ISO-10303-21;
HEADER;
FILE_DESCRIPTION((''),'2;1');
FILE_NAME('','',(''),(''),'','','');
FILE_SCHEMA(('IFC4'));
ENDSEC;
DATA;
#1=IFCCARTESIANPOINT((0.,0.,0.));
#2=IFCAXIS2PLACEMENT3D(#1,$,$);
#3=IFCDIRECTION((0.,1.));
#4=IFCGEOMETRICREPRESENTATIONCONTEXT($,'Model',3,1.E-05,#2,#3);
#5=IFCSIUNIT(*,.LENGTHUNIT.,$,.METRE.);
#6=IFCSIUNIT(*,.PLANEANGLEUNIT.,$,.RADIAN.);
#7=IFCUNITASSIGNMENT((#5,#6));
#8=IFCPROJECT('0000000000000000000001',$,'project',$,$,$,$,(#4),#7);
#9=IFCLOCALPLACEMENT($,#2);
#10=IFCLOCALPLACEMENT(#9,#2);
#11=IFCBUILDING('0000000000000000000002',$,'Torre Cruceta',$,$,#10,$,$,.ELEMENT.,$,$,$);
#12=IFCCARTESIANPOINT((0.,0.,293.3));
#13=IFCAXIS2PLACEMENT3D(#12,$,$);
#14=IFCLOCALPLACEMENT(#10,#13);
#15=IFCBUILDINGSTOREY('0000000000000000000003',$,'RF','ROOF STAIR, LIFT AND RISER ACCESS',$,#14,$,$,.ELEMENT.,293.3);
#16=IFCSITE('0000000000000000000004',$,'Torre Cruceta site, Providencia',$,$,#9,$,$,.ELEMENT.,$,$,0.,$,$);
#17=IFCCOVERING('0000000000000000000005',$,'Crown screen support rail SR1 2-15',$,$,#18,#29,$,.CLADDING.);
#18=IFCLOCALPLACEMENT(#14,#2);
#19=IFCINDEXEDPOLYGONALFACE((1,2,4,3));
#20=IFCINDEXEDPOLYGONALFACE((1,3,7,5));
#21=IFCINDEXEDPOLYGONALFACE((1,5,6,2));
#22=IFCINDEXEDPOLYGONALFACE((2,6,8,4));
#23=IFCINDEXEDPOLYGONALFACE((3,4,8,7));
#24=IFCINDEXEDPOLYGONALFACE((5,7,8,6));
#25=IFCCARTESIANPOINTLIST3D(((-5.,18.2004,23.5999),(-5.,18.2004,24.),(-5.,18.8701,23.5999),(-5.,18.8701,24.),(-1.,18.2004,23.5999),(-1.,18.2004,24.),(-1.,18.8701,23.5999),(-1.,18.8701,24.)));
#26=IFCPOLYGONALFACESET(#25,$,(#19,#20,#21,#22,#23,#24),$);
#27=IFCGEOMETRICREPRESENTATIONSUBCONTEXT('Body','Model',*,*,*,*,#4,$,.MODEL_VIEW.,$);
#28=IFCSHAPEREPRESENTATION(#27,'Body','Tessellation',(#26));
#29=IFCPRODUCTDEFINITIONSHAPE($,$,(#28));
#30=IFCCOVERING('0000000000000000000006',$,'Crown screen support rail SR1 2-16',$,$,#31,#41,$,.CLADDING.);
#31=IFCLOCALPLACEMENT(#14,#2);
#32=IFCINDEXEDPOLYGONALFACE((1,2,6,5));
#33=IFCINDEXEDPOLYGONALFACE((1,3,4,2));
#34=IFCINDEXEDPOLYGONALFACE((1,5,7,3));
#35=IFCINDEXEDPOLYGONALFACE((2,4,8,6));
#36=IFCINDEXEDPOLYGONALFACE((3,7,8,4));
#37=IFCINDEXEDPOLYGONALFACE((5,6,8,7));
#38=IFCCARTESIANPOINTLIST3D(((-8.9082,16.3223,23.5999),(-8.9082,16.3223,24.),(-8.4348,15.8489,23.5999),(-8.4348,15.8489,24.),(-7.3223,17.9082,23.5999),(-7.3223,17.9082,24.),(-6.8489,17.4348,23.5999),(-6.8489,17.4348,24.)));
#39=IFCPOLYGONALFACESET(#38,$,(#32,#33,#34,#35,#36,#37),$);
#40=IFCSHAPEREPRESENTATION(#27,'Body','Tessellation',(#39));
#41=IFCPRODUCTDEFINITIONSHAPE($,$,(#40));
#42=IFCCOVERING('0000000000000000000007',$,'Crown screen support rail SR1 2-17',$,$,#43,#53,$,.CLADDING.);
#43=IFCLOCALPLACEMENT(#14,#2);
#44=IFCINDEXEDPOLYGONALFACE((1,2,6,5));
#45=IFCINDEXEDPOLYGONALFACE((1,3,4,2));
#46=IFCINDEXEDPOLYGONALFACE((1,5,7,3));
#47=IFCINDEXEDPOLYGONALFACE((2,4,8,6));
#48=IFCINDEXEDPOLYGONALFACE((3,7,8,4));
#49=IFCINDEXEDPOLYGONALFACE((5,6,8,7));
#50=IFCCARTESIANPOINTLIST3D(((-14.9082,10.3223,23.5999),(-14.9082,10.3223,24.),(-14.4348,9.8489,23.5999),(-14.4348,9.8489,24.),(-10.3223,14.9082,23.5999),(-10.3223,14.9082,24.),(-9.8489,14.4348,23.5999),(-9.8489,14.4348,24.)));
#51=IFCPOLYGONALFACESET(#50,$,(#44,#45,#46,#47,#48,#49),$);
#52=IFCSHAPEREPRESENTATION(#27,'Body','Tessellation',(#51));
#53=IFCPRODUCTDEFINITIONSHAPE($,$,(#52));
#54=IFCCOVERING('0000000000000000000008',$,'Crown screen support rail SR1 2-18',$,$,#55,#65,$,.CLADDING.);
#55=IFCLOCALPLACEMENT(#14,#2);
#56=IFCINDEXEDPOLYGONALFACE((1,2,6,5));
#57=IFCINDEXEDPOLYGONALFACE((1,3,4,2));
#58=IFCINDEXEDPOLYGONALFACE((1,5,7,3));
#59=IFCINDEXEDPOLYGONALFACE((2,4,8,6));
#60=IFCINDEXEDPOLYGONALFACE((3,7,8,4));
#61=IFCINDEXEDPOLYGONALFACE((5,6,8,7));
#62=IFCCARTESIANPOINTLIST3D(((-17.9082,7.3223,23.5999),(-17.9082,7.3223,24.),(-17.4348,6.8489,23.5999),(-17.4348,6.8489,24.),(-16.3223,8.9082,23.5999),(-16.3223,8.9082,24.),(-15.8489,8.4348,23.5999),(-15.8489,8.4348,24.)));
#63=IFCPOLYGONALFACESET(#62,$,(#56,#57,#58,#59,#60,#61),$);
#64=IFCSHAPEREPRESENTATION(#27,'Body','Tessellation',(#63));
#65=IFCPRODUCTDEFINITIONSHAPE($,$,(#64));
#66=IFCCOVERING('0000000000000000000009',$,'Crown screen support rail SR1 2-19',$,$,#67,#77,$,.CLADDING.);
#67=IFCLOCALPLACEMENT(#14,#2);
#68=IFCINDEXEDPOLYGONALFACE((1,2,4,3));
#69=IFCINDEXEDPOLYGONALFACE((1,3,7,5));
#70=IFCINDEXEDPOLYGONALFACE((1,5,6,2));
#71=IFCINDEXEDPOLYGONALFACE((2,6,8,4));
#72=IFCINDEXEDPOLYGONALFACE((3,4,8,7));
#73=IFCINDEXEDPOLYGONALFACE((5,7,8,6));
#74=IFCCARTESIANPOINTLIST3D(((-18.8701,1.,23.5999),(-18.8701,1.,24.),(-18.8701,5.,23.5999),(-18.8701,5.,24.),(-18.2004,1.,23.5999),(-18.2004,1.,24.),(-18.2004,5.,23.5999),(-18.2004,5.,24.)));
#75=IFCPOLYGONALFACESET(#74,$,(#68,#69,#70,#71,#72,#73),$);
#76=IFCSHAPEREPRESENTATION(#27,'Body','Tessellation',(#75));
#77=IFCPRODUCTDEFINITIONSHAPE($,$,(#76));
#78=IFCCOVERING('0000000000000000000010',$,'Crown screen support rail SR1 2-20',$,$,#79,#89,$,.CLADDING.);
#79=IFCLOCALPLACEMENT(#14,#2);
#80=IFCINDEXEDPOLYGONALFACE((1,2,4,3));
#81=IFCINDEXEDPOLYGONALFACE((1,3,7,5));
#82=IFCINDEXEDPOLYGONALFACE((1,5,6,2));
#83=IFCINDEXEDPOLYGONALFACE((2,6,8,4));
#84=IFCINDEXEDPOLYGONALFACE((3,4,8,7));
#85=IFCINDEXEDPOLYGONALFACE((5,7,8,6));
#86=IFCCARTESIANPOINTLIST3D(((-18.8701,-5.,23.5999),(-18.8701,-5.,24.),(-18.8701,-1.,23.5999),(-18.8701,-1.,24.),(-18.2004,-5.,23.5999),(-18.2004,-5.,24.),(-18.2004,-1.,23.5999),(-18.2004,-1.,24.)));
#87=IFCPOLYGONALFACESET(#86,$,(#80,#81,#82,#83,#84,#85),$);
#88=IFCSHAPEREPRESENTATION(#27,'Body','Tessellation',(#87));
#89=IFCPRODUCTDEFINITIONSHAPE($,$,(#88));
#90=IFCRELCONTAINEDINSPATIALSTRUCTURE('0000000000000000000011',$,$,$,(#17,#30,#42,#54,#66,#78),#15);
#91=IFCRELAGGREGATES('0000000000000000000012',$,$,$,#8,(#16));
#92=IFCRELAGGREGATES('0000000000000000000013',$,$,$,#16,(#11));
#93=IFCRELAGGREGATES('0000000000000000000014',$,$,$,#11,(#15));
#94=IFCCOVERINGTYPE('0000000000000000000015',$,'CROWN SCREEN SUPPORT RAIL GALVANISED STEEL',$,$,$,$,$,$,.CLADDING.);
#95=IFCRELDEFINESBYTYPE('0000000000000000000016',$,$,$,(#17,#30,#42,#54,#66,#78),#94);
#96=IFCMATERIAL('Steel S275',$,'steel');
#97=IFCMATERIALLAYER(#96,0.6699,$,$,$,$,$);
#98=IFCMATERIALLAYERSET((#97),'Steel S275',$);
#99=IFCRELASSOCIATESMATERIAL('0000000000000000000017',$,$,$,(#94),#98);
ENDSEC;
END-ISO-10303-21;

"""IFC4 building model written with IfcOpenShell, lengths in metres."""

from ifc_helpers import new_model, si_unit, direction, frame, origin, place, context, subcontext, project, spatial, polyline, outline, extrude, material, layer, layer_set, type_object, element, save


model = new_model("IFC4")

# Units and contexts
model_context = context("Model", 3, precision=1e-05, world=origin(), true_north=direction((0.0, 1.0)))
body_context = subcontext(model_context, "Body", "Model", "MODEL_VIEW")
ifc_project = project(units=[si_unit("LENGTHUNIT", "METRE"), si_unit("PLANEANGLEUNIT", "RADIAN")], contexts=[model_context])

# Site, building, storey
site_placement = place(None, origin())
site = spatial("IfcSite", under=ifc_project, at=site_placement, Name="Torre Cruceta site, Providencia", CompositionType="ELEMENT", RefElevation=0.0)
building_placement = place(site_placement, origin())
building = spatial("IfcBuilding", under=site, at=building_placement, Name="Torre Cruceta", CompositionType="ELEMENT")
storey_placement = place(building_placement, frame((0.0, 0.0, 293.3)))
storey = spatial("IfcBuildingStorey", under=building, at=storey_placement, Name="RF", Description="ROOF STAIR, LIFT AND RISER ACCESS", CompositionType="ELEMENT", Elevation=293.3)

# Coverings
ifc_material_1 = material(Name="Steel S275", Category="steel")
ifc_layer = layer(ifc_material_1, 0.6699)
ifc_layer_set = layer_set([ifc_layer], Name="Steel S275")
covering_type_1 = type_object("IfcCoveringType", Name="CROWN SCREEN SUPPORT RAIL GALVANISED STEEL", PredefinedType="CLADDING", material=ifc_layer_set)
covering_1_placement = place(storey_placement, frame((0.0, 0.0, 23.5999)))
element("IfcCovering", 1, at=covering_1_placement, inside=storey, type_object=covering_type_1, Name="Crown screen support rail SR1 2-15", PredefinedType="CLADDING", context=body_context, shape_type="SweptSolid", body=[
    extrude(outline(polyline([(-1.0, 18.8701), (-5.0, 18.8701), (-5.0, 18.2004), (-1.0, 18.2004), (-1.0, 18.8701)])), origin(), (0.0, 0.0, 1.0), 0.4001),
])
covering_2_placement = place(storey_placement, frame((0.0, 0.0, 23.5999)))
element("IfcCovering", 2, at=covering_2_placement, inside=storey, type_object=covering_type_1, Name="Crown screen support rail SR1 2-16", PredefinedType="CLADDING", context=body_context, shape_type="SweptSolid", body=[
    extrude(outline(polyline([(-7.3223, 17.9082), (-8.9082, 16.3223), (-8.4348, 15.8489), (-6.8489, 17.4348), (-7.3223, 17.9082)])), origin(), (0.0, 0.0, 1.0), 0.4001),
])
covering_3_placement = place(storey_placement, frame((0.0, 0.0, 23.5999)))
element("IfcCovering", 3, at=covering_3_placement, inside=storey, type_object=covering_type_1, Name="Crown screen support rail SR1 2-17", PredefinedType="CLADDING", context=body_context, shape_type="SweptSolid", body=[
    extrude(outline(polyline([(-10.3223, 14.9082), (-14.9082, 10.3223), (-14.4348, 9.8489), (-9.8489, 14.4348), (-10.3223, 14.9082)])), origin(), (0.0, 0.0, 1.0), 0.4001),
])
covering_4_placement = place(storey_placement, frame((0.0, 0.0, 23.5999)))
element("IfcCovering", 4, at=covering_4_placement, inside=storey, type_object=covering_type_1, Name="Crown screen support rail SR1 2-18", PredefinedType="CLADDING", context=body_context, shape_type="SweptSolid", body=[
    extrude(outline(polyline([(-16.3223, 8.9082), (-17.9082, 7.3223), (-17.4348, 6.8489), (-15.8489, 8.4348), (-16.3223, 8.9082)])), origin(), (0.0, 0.0, 1.0), 0.4001),
])
covering_5_placement = place(storey_placement, frame((0.0, 0.0, 23.5999)))
element("IfcCovering", 5, at=covering_5_placement, inside=storey, type_object=covering_type_1, Name="Crown screen support rail SR1 2-19", PredefinedType="CLADDING", context=body_context, shape_type="SweptSolid", body=[
    extrude(outline(polyline([(-18.8701, 5.0), (-18.8701, 1.0), (-18.2004, 1.0), (-18.2004, 5.0), (-18.8701, 5.0)])), origin(), (0.0, 0.0, 1.0), 0.4001),
])
covering_6_placement = place(storey_placement, frame((0.0, 0.0, 23.5999)))
element("IfcCovering", 6, at=covering_6_placement, inside=storey, type_object=covering_type_1, Name="Crown screen support rail SR1 2-20", PredefinedType="CLADDING", context=body_context, shape_type="SweptSolid", body=[
    extrude(outline(polyline([(-18.8701, -1.0), (-18.8701, -5.0), (-18.2004, -5.0), (-18.2004, -1.0), (-18.8701, -1.0)])), origin(), (0.0, 0.0, 1.0), 0.4001),
])

save(model, "model.ifc")
